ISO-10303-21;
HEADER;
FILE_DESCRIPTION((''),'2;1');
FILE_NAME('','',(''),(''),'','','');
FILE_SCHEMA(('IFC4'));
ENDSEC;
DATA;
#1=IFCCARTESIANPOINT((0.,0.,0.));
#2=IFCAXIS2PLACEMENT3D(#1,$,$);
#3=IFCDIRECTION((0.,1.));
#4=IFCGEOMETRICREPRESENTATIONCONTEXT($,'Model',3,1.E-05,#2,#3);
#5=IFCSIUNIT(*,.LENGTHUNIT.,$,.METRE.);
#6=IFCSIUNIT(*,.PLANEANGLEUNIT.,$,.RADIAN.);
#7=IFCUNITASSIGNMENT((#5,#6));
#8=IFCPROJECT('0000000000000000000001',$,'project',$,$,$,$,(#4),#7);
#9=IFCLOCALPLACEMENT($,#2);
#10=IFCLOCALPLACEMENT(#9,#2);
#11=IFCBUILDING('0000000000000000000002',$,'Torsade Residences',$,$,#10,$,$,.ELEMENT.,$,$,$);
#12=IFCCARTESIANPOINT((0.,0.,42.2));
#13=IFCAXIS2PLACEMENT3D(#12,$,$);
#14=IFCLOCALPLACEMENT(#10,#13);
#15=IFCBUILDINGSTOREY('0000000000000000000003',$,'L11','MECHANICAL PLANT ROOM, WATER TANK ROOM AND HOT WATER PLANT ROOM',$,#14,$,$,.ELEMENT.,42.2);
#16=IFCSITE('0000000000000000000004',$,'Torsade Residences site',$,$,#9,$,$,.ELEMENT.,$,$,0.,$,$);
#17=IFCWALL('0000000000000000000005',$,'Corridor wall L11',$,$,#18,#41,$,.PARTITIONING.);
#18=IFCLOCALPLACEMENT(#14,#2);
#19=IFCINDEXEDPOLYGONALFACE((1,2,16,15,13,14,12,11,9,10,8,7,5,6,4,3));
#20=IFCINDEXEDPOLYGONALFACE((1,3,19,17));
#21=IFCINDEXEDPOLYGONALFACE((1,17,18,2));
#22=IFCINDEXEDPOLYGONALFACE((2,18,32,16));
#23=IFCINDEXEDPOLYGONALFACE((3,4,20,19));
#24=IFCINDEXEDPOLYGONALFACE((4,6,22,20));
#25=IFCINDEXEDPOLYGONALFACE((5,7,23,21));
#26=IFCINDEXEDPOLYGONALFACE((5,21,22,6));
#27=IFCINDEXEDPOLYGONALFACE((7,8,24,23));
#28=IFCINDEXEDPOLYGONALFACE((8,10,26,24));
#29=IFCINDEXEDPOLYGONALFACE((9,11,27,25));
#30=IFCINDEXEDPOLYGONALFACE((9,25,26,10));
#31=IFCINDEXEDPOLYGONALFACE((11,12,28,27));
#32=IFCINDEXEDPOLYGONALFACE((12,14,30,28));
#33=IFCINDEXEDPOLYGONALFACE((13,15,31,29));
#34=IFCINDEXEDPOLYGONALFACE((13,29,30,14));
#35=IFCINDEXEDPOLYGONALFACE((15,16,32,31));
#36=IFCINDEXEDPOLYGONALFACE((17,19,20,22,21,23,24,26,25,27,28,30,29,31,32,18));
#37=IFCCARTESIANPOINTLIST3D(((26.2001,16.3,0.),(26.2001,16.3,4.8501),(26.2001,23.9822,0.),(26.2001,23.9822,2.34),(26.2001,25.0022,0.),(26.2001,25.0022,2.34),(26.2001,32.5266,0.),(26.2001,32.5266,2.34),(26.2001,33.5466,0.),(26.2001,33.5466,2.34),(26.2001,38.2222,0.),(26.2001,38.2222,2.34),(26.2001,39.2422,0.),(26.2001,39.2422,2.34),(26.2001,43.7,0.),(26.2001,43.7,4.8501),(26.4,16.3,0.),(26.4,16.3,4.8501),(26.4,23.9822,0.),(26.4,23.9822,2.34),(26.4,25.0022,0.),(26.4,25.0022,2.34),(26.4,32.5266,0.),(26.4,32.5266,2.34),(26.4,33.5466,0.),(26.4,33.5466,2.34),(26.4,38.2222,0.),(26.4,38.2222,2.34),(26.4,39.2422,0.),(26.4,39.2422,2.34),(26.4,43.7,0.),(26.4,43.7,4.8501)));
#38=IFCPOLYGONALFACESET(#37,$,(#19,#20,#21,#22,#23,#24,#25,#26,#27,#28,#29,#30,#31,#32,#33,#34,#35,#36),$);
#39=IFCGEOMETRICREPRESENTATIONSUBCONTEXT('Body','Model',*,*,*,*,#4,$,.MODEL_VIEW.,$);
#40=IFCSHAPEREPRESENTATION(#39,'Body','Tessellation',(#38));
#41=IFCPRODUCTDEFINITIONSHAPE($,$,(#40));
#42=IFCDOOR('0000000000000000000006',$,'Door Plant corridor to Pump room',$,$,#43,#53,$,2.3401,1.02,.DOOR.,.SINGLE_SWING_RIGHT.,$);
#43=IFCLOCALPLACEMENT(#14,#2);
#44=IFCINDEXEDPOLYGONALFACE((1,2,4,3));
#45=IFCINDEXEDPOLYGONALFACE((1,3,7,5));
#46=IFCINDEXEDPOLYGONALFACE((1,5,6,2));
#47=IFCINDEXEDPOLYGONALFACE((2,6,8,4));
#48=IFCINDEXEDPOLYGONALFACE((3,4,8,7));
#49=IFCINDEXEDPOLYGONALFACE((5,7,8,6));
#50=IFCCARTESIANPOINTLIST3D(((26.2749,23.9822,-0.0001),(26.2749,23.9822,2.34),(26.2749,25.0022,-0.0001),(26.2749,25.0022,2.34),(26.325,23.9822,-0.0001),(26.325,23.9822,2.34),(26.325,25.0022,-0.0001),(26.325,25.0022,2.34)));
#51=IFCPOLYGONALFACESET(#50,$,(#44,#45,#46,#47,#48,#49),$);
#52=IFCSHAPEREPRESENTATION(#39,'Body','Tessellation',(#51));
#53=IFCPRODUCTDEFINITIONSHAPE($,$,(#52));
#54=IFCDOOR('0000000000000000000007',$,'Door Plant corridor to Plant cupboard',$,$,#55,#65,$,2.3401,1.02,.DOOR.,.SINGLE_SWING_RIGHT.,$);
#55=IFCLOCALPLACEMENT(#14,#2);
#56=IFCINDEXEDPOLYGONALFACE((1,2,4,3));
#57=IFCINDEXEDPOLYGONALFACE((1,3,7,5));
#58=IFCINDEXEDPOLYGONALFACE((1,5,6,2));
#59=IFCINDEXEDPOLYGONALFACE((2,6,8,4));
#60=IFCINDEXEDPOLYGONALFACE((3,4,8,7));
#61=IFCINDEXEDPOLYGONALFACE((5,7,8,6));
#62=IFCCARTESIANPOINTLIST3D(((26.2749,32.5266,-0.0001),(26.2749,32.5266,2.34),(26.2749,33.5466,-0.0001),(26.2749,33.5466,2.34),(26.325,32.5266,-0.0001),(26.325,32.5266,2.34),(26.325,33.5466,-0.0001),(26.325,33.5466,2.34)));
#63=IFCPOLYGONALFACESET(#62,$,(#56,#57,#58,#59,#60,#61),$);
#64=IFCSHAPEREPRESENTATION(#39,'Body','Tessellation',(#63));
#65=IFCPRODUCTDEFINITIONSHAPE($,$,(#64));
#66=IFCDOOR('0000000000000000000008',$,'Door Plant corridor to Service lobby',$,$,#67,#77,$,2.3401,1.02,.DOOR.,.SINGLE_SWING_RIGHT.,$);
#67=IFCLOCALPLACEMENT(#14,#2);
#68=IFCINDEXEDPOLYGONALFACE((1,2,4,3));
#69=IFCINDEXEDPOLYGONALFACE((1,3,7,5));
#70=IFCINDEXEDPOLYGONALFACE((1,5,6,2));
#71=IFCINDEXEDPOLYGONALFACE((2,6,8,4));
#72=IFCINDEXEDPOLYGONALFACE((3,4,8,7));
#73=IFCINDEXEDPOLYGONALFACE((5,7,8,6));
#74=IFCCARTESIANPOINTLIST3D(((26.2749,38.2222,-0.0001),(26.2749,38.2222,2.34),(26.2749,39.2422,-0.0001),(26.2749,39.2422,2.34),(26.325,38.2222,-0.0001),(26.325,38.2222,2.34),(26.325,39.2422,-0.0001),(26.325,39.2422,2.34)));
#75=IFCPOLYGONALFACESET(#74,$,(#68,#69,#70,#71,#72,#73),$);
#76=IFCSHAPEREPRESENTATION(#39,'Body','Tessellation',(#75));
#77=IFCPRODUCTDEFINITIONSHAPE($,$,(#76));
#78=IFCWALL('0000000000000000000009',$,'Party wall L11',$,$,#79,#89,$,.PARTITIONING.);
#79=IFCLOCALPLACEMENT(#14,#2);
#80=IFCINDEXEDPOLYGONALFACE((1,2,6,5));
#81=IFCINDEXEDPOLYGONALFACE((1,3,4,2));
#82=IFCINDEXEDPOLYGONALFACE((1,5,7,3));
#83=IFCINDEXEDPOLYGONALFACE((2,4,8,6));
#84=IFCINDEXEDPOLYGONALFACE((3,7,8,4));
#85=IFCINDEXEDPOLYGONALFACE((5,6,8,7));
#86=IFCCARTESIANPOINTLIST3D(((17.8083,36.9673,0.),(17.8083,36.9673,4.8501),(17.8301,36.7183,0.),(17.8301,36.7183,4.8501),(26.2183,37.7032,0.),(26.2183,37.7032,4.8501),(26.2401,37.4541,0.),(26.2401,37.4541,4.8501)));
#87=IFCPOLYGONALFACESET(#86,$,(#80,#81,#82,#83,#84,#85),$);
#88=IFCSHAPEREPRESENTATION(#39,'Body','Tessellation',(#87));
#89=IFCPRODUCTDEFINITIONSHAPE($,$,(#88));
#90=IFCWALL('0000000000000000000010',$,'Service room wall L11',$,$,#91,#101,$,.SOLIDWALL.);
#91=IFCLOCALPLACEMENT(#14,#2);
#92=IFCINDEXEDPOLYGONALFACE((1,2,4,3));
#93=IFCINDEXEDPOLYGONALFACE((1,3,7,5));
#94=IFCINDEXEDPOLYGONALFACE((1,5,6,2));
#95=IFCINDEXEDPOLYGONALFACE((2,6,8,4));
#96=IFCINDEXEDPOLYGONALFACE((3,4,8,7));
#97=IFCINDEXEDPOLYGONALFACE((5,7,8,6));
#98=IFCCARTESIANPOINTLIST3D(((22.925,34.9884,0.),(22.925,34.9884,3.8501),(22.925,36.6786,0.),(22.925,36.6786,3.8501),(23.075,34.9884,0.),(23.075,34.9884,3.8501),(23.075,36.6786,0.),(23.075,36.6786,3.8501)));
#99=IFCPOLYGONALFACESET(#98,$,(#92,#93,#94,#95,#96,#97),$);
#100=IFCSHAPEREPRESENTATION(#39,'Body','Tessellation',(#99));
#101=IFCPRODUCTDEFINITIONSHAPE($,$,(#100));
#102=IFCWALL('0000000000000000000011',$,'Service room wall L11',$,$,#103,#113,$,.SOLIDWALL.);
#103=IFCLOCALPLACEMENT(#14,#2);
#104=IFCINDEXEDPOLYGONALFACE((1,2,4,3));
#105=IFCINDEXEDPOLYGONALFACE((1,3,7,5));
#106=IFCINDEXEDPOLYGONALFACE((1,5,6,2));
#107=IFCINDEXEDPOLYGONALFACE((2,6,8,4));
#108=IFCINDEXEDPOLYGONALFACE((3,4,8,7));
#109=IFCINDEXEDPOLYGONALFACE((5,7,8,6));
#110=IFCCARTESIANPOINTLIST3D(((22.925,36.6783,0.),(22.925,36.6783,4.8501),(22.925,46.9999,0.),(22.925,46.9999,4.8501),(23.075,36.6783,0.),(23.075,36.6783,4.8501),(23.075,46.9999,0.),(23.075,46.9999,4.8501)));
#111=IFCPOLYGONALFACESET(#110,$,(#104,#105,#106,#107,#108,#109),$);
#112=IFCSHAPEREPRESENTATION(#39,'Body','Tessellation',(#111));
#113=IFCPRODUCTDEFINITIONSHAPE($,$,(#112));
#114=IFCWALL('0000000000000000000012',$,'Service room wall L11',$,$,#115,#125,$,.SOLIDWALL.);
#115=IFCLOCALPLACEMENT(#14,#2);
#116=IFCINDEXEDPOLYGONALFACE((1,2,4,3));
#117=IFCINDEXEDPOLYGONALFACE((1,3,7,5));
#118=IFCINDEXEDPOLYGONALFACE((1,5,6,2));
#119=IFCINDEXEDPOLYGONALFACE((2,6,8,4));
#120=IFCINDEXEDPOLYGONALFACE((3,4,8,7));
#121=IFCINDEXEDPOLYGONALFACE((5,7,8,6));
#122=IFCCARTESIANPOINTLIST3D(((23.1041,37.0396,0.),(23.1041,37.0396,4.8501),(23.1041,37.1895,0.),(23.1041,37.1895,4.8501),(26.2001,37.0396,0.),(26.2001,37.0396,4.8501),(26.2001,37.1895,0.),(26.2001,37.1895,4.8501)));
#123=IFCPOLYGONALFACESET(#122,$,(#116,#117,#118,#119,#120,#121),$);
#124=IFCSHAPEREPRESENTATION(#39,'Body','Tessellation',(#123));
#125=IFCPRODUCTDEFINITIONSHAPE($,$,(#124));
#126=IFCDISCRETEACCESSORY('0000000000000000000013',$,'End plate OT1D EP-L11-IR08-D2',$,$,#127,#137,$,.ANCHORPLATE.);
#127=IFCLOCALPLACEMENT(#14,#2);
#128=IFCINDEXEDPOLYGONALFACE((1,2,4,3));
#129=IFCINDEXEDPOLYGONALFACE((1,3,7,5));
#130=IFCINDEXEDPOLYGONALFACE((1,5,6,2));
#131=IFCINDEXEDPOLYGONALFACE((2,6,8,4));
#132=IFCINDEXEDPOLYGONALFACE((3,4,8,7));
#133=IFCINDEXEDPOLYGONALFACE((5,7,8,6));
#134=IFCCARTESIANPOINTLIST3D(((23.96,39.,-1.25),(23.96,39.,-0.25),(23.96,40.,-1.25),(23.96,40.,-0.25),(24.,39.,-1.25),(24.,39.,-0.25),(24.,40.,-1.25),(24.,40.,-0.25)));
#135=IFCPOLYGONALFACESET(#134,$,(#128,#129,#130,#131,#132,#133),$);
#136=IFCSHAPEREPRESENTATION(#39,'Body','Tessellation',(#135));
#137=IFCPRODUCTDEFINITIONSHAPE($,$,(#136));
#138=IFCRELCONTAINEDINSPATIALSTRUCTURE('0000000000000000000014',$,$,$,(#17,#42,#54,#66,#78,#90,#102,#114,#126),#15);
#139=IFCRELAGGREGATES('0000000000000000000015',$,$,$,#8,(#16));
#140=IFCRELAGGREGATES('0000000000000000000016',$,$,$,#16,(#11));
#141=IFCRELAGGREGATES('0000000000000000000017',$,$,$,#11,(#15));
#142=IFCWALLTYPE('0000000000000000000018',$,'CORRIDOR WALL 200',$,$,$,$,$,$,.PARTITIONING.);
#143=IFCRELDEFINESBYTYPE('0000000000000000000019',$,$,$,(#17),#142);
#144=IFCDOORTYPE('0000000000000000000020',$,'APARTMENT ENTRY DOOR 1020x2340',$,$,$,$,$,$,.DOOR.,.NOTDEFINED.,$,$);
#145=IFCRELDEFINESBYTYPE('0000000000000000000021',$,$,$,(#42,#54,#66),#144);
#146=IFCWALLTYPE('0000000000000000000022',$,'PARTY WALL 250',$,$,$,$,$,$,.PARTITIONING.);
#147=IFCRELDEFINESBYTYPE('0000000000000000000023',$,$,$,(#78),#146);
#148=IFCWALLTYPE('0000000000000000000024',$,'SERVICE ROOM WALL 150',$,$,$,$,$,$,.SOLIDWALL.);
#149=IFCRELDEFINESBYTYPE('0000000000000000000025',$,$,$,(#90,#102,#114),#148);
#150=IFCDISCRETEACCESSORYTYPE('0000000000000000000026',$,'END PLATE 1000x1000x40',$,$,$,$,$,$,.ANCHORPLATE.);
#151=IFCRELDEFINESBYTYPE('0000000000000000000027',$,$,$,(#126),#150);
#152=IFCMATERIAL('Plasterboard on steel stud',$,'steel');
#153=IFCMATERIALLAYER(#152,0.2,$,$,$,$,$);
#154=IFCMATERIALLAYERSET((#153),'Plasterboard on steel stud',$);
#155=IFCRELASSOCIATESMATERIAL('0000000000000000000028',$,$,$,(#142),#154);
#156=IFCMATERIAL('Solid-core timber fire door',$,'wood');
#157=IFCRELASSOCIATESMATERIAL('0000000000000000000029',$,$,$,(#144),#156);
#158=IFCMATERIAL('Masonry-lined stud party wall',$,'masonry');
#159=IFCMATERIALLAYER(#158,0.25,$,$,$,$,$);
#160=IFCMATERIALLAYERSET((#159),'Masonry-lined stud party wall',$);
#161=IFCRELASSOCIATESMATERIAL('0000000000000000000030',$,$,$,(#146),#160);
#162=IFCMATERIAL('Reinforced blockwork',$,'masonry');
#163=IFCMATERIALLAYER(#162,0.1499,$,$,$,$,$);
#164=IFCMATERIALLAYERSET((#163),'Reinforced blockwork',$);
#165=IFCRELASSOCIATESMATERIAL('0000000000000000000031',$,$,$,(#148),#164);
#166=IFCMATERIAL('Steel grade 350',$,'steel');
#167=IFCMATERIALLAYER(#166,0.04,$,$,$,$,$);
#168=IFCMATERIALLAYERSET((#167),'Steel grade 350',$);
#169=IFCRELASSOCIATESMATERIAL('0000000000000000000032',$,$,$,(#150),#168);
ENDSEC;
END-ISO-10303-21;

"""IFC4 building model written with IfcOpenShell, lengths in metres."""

from ifc_helpers import new_model, si_unit, direction, frame, frame_2d, origin, origin_2d, place, context, subcontext, project, spatial, rectangle, extrude, material, layer, layer_set, type_object, element, fill, save


model = new_model("IFC4")

# Units and contexts
model_context = context("Model", 3, precision=1e-05, world=origin(), true_north=direction((0.0, 1.0)))
body_context = subcontext(model_context, "Body", "Model", "MODEL_VIEW")
ifc_project = project(units=[si_unit("LENGTHUNIT", "METRE"), si_unit("PLANEANGLEUNIT", "RADIAN")], contexts=[model_context])

# Site, building, storey
site_placement = place(None, origin())
site = spatial("IfcSite", under=ifc_project, at=site_placement, Name="Torsade Residences site", CompositionType="ELEMENT", RefElevation=0.0)
building_placement = place(site_placement, origin())
building = spatial("IfcBuilding", under=site, at=building_placement, Name="Torsade Residences", CompositionType="ELEMENT")
storey_placement = place(building_placement, frame((0.0, 0.0, 42.2)))
storey = spatial("IfcBuildingStorey", under=building, at=storey_placement, Name="L11", Description="MECHANICAL PLANT ROOM, WATER TANK ROOM AND HOT WATER PLANT ROOM", CompositionType="ELEMENT", Elevation=42.2)

# Wall, openings, doors
ifc_material_1 = material(Name="Plasterboard on steel stud", Category="steel")
ifc_layer_1 = layer(ifc_material_1, 0.2)
ifc_layer_set_1 = layer_set([ifc_layer_1], Name="Plasterboard on steel stud")
wall_type_1 = type_object("IfcWallType", Name="CORRIDOR WALL 200", PredefinedType="PARTITIONING", material=ifc_layer_set_1)
wall_1_placement = place(storey_placement, frame((26.3, 43.7, 0.0), z_axis=(0.0, 0.0, 1.0), x_axis=(0.0, -1.0, 0.0)))
wall_1 = element("IfcWall", 1, at=wall_1_placement, inside=storey, type_object=wall_type_1, Name="Corridor wall L11", PredefinedType="PARTITIONING", context=body_context, shape_type="SweptSolid", body=[
    extrude(rectangle(XDim=27.3999, YDim=0.2, at=frame_2d((13.7, 0.0))), origin(), (0.0, 0.0, 1.0), 4.8501),
])
opening_1_placement = place(wall_1_placement, frame((18.6978, 0.0, 0.0)))
opening_1 = element("IfcOpeningElement", 2, at=opening_1_placement, cuts=wall_1, PredefinedType="OPENING", context=body_context, shape_type="SweptSolid", body=[
    extrude(rectangle(XDim=1.02, YDim=2.3401, at=frame_2d((0.51, 1.1699))), frame((0.0, 0.1099, 0.0), z_axis=(0.0, -1.0, 0.0), x_axis=(1.0, 0.0, 0.0)), (0.0, 0.0, 1.0), 0.22),
])
opening_2_placement = place(wall_1_placement, frame((10.1533, 0.0, 0.0)))
opening_2 = element("IfcOpeningElement", 3, at=opening_2_placement, cuts=wall_1, PredefinedType="OPENING", context=body_context, shape_type="SweptSolid", body=[
    extrude(rectangle(XDim=1.02, YDim=2.3401, at=frame_2d((0.51, 1.1699))), frame((0.0, 0.1099, 0.0), z_axis=(0.0, -1.0, 0.0), x_axis=(1.0, 0.0, 0.0)), (0.0, 0.0, 1.0), 0.22),
])
opening_3_placement = place(wall_1_placement, frame((4.4578, 0.0, 0.0)))
opening_3 = element("IfcOpeningElement", 4, at=opening_3_placement, cuts=wall_1, PredefinedType="OPENING", context=body_context, shape_type="SweptSolid", body=[
    extrude(rectangle(XDim=1.02, YDim=2.3401, at=frame_2d((0.51, 1.1699))), frame((0.0, 0.1099, 0.0), z_axis=(0.0, -1.0, 0.0), x_axis=(1.0, 0.0, 0.0)), (0.0, 0.0, 1.0), 0.22),
])
ifc_material_2 = material(Name="Solid-core timber fire door", Category="wood")
door_type = type_object("IfcDoorType", Name="APARTMENT ENTRY DOOR 1020x2340", OperationType="NOTDEFINED", PredefinedType="DOOR", material=ifc_material_2)
door_1_placement = place(opening_1_placement, origin())
door_1 = element("IfcDoor", 5, at=door_1_placement, inside=storey, type_object=door_type, Name="Door Plant corridor to Pump room", OperationType="SINGLE_SWING_RIGHT", OverallHeight=2.3401, OverallWidth=1.02, PredefinedType="DOOR", context=body_context, shape_type="SweptSolid", body=[
    extrude(rectangle(XDim=1.02, YDim=2.3401, at=frame_2d((0.51, 1.1699))), frame((0.0, 0.0249, 0.0), z_axis=(0.0, -1.0, 0.0), x_axis=(1.0, 0.0, 0.0)), (0.0, 0.0, 1.0), 0.05),
])
fill(opening_1, door_1)
door_2_placement = place(opening_2_placement, origin())
door_2 = element("IfcDoor", 6, at=door_2_placement, inside=storey, type_object=door_type, Name="Door Plant corridor to Plant cupboard", OperationType="SINGLE_SWING_RIGHT", OverallHeight=2.3401, OverallWidth=1.02, PredefinedType="DOOR", context=body_context, shape_type="SweptSolid", body=[
    extrude(rectangle(XDim=1.02, YDim=2.3401, at=frame_2d((0.51, 1.1699))), frame((0.0, 0.0249, 0.0), z_axis=(0.0, -1.0, 0.0), x_axis=(1.0, 0.0, 0.0)), (0.0, 0.0, 1.0), 0.05),
])
fill(opening_2, door_2)
door_3_placement = place(opening_3_placement, origin())
door_3 = element("IfcDoor", 7, at=door_3_placement, inside=storey, type_object=door_type, Name="Door Plant corridor to Service lobby", OperationType="SINGLE_SWING_RIGHT", OverallHeight=2.3401, OverallWidth=1.02, PredefinedType="DOOR", context=body_context, shape_type="SweptSolid", body=[
    extrude(rectangle(XDim=1.02, YDim=2.3401, at=frame_2d((0.51, 1.1699))), frame((0.0, 0.0249, 0.0), z_axis=(0.0, -1.0, 0.0), x_axis=(1.0, 0.0, 0.0)), (0.0, 0.0, 1.0), 0.05),
])
fill(opening_3, door_3)

# Walls
ifc_material_3 = material(Name="Masonry-lined stud party wall", Category="masonry")
ifc_layer_2 = layer(ifc_material_3, 0.25)
ifc_layer_set_2 = layer_set([ifc_layer_2], Name="Masonry-lined stud party wall")
wall_type_2 = type_object("IfcWallType", Name="PARTY WALL 250", PredefinedType="PARTITIONING", material=ifc_layer_set_2)
wall_2_placement = place(storey_placement, frame((17.8191, 36.8428, 0.0), z_axis=(0.0, 0.0, 1.0), x_axis=(0.996194, 0.087164, 0.0)))
element("IfcWall", 8, at=wall_2_placement, inside=storey, type_object=wall_type_2, Name="Party wall L11", PredefinedType="PARTITIONING", context=body_context, shape_type="SweptSolid", body=[
    extrude(rectangle(XDim=8.4421, YDim=0.25, at=frame_2d((4.2212, 0.0))), origin(), (0.0, 0.0, 1.0), 4.8501),
])
ifc_material_4 = material(Name="Reinforced blockwork", Category="masonry")
ifc_layer_3 = layer(ifc_material_4, 0.1499)
ifc_layer_set_3 = layer_set([ifc_layer_3], Name="Reinforced blockwork")
wall_type_3 = type_object("IfcWallType", Name="SERVICE ROOM WALL 150", PredefinedType="SOLIDWALL", material=ifc_layer_set_3)
wall_3_placement = place(storey_placement, frame((23.0, 34.9883, 0.0), z_axis=(0.0, 0.0, 1.0), x_axis=(0.0, 1.0, 0.0)))
element("IfcWall", 9, at=wall_3_placement, inside=storey, type_object=wall_type_3, Name="Service room wall L11", PredefinedType="SOLIDWALL", context=body_context, shape_type="SweptSolid", body=[
    extrude(rectangle(XDim=1.6902, YDim=0.1499, at=frame_2d((0.8452, 0.0))), origin(), (0.0, 0.0, 1.0), 3.8501),
])
wall_4_placement = place(storey_placement, frame((23.0, 36.6785, 0.0), z_axis=(0.0, 0.0, 1.0), x_axis=(0.0, 1.0, 0.0)))
element("IfcWall", 10, at=wall_4_placement, inside=storey, type_object=wall_type_3, Name="Service room wall L11", PredefinedType="SOLIDWALL", context=body_context, shape_type="SweptSolid", body=[
    extrude(rectangle(XDim=10.3215, YDim=0.1499, at=frame_2d((5.1606, 0.0))), origin(), (0.0, 0.0, 1.0), 4.8501),
])
wall_5_placement = place(storey_placement, frame((26.2, 37.1145, 0.0), z_axis=(0.0, 0.0, 1.0), x_axis=(-1.0, 0.0, 0.0)))
element("IfcWall", 11, at=wall_5_placement, inside=storey, type_object=wall_type_3, Name="Service room wall L11", PredefinedType="SOLIDWALL", context=body_context, shape_type="SweptSolid", body=[
    extrude(rectangle(XDim=3.0959, YDim=0.1499, at=frame_2d((1.5479, 0.0))), origin(), (0.0, 0.0, 1.0), 4.8501),
])

# Discrete accessory
ifc_material_5 = material(Name="Steel grade 350", Category="steel")
ifc_layer_4 = layer(ifc_material_5, 0.04)
ifc_layer_set_4 = layer_set([ifc_layer_4], Name="Steel grade 350")
discrete_accessory_type = type_object("IfcDiscreteAccessoryType", Name="END PLATE 1000x1000x40", PredefinedType="ANCHORPLATE", material=ifc_layer_set_4)
discrete_accessory_placement = place(storey_placement, frame((23.98, 39.5, -1.25), z_axis=(0.0, 0.0, 1.0), x_axis=(1.0, 0.0, 0.0)))
element("IfcDiscreteAccessory", 12, at=discrete_accessory_placement, inside=storey, type_object=discrete_accessory_type, Name="End plate OT1D EP-L11-IR08-D2", PredefinedType="ANCHORPLATE", context=body_context, shape_type="SweptSolid", body=[
    extrude(rectangle(XDim=0.04, YDim=1.0, at=origin_2d()), origin(), (0.0, 0.0, 1.0), 1.0),
])

save(model, "model.ifc")
